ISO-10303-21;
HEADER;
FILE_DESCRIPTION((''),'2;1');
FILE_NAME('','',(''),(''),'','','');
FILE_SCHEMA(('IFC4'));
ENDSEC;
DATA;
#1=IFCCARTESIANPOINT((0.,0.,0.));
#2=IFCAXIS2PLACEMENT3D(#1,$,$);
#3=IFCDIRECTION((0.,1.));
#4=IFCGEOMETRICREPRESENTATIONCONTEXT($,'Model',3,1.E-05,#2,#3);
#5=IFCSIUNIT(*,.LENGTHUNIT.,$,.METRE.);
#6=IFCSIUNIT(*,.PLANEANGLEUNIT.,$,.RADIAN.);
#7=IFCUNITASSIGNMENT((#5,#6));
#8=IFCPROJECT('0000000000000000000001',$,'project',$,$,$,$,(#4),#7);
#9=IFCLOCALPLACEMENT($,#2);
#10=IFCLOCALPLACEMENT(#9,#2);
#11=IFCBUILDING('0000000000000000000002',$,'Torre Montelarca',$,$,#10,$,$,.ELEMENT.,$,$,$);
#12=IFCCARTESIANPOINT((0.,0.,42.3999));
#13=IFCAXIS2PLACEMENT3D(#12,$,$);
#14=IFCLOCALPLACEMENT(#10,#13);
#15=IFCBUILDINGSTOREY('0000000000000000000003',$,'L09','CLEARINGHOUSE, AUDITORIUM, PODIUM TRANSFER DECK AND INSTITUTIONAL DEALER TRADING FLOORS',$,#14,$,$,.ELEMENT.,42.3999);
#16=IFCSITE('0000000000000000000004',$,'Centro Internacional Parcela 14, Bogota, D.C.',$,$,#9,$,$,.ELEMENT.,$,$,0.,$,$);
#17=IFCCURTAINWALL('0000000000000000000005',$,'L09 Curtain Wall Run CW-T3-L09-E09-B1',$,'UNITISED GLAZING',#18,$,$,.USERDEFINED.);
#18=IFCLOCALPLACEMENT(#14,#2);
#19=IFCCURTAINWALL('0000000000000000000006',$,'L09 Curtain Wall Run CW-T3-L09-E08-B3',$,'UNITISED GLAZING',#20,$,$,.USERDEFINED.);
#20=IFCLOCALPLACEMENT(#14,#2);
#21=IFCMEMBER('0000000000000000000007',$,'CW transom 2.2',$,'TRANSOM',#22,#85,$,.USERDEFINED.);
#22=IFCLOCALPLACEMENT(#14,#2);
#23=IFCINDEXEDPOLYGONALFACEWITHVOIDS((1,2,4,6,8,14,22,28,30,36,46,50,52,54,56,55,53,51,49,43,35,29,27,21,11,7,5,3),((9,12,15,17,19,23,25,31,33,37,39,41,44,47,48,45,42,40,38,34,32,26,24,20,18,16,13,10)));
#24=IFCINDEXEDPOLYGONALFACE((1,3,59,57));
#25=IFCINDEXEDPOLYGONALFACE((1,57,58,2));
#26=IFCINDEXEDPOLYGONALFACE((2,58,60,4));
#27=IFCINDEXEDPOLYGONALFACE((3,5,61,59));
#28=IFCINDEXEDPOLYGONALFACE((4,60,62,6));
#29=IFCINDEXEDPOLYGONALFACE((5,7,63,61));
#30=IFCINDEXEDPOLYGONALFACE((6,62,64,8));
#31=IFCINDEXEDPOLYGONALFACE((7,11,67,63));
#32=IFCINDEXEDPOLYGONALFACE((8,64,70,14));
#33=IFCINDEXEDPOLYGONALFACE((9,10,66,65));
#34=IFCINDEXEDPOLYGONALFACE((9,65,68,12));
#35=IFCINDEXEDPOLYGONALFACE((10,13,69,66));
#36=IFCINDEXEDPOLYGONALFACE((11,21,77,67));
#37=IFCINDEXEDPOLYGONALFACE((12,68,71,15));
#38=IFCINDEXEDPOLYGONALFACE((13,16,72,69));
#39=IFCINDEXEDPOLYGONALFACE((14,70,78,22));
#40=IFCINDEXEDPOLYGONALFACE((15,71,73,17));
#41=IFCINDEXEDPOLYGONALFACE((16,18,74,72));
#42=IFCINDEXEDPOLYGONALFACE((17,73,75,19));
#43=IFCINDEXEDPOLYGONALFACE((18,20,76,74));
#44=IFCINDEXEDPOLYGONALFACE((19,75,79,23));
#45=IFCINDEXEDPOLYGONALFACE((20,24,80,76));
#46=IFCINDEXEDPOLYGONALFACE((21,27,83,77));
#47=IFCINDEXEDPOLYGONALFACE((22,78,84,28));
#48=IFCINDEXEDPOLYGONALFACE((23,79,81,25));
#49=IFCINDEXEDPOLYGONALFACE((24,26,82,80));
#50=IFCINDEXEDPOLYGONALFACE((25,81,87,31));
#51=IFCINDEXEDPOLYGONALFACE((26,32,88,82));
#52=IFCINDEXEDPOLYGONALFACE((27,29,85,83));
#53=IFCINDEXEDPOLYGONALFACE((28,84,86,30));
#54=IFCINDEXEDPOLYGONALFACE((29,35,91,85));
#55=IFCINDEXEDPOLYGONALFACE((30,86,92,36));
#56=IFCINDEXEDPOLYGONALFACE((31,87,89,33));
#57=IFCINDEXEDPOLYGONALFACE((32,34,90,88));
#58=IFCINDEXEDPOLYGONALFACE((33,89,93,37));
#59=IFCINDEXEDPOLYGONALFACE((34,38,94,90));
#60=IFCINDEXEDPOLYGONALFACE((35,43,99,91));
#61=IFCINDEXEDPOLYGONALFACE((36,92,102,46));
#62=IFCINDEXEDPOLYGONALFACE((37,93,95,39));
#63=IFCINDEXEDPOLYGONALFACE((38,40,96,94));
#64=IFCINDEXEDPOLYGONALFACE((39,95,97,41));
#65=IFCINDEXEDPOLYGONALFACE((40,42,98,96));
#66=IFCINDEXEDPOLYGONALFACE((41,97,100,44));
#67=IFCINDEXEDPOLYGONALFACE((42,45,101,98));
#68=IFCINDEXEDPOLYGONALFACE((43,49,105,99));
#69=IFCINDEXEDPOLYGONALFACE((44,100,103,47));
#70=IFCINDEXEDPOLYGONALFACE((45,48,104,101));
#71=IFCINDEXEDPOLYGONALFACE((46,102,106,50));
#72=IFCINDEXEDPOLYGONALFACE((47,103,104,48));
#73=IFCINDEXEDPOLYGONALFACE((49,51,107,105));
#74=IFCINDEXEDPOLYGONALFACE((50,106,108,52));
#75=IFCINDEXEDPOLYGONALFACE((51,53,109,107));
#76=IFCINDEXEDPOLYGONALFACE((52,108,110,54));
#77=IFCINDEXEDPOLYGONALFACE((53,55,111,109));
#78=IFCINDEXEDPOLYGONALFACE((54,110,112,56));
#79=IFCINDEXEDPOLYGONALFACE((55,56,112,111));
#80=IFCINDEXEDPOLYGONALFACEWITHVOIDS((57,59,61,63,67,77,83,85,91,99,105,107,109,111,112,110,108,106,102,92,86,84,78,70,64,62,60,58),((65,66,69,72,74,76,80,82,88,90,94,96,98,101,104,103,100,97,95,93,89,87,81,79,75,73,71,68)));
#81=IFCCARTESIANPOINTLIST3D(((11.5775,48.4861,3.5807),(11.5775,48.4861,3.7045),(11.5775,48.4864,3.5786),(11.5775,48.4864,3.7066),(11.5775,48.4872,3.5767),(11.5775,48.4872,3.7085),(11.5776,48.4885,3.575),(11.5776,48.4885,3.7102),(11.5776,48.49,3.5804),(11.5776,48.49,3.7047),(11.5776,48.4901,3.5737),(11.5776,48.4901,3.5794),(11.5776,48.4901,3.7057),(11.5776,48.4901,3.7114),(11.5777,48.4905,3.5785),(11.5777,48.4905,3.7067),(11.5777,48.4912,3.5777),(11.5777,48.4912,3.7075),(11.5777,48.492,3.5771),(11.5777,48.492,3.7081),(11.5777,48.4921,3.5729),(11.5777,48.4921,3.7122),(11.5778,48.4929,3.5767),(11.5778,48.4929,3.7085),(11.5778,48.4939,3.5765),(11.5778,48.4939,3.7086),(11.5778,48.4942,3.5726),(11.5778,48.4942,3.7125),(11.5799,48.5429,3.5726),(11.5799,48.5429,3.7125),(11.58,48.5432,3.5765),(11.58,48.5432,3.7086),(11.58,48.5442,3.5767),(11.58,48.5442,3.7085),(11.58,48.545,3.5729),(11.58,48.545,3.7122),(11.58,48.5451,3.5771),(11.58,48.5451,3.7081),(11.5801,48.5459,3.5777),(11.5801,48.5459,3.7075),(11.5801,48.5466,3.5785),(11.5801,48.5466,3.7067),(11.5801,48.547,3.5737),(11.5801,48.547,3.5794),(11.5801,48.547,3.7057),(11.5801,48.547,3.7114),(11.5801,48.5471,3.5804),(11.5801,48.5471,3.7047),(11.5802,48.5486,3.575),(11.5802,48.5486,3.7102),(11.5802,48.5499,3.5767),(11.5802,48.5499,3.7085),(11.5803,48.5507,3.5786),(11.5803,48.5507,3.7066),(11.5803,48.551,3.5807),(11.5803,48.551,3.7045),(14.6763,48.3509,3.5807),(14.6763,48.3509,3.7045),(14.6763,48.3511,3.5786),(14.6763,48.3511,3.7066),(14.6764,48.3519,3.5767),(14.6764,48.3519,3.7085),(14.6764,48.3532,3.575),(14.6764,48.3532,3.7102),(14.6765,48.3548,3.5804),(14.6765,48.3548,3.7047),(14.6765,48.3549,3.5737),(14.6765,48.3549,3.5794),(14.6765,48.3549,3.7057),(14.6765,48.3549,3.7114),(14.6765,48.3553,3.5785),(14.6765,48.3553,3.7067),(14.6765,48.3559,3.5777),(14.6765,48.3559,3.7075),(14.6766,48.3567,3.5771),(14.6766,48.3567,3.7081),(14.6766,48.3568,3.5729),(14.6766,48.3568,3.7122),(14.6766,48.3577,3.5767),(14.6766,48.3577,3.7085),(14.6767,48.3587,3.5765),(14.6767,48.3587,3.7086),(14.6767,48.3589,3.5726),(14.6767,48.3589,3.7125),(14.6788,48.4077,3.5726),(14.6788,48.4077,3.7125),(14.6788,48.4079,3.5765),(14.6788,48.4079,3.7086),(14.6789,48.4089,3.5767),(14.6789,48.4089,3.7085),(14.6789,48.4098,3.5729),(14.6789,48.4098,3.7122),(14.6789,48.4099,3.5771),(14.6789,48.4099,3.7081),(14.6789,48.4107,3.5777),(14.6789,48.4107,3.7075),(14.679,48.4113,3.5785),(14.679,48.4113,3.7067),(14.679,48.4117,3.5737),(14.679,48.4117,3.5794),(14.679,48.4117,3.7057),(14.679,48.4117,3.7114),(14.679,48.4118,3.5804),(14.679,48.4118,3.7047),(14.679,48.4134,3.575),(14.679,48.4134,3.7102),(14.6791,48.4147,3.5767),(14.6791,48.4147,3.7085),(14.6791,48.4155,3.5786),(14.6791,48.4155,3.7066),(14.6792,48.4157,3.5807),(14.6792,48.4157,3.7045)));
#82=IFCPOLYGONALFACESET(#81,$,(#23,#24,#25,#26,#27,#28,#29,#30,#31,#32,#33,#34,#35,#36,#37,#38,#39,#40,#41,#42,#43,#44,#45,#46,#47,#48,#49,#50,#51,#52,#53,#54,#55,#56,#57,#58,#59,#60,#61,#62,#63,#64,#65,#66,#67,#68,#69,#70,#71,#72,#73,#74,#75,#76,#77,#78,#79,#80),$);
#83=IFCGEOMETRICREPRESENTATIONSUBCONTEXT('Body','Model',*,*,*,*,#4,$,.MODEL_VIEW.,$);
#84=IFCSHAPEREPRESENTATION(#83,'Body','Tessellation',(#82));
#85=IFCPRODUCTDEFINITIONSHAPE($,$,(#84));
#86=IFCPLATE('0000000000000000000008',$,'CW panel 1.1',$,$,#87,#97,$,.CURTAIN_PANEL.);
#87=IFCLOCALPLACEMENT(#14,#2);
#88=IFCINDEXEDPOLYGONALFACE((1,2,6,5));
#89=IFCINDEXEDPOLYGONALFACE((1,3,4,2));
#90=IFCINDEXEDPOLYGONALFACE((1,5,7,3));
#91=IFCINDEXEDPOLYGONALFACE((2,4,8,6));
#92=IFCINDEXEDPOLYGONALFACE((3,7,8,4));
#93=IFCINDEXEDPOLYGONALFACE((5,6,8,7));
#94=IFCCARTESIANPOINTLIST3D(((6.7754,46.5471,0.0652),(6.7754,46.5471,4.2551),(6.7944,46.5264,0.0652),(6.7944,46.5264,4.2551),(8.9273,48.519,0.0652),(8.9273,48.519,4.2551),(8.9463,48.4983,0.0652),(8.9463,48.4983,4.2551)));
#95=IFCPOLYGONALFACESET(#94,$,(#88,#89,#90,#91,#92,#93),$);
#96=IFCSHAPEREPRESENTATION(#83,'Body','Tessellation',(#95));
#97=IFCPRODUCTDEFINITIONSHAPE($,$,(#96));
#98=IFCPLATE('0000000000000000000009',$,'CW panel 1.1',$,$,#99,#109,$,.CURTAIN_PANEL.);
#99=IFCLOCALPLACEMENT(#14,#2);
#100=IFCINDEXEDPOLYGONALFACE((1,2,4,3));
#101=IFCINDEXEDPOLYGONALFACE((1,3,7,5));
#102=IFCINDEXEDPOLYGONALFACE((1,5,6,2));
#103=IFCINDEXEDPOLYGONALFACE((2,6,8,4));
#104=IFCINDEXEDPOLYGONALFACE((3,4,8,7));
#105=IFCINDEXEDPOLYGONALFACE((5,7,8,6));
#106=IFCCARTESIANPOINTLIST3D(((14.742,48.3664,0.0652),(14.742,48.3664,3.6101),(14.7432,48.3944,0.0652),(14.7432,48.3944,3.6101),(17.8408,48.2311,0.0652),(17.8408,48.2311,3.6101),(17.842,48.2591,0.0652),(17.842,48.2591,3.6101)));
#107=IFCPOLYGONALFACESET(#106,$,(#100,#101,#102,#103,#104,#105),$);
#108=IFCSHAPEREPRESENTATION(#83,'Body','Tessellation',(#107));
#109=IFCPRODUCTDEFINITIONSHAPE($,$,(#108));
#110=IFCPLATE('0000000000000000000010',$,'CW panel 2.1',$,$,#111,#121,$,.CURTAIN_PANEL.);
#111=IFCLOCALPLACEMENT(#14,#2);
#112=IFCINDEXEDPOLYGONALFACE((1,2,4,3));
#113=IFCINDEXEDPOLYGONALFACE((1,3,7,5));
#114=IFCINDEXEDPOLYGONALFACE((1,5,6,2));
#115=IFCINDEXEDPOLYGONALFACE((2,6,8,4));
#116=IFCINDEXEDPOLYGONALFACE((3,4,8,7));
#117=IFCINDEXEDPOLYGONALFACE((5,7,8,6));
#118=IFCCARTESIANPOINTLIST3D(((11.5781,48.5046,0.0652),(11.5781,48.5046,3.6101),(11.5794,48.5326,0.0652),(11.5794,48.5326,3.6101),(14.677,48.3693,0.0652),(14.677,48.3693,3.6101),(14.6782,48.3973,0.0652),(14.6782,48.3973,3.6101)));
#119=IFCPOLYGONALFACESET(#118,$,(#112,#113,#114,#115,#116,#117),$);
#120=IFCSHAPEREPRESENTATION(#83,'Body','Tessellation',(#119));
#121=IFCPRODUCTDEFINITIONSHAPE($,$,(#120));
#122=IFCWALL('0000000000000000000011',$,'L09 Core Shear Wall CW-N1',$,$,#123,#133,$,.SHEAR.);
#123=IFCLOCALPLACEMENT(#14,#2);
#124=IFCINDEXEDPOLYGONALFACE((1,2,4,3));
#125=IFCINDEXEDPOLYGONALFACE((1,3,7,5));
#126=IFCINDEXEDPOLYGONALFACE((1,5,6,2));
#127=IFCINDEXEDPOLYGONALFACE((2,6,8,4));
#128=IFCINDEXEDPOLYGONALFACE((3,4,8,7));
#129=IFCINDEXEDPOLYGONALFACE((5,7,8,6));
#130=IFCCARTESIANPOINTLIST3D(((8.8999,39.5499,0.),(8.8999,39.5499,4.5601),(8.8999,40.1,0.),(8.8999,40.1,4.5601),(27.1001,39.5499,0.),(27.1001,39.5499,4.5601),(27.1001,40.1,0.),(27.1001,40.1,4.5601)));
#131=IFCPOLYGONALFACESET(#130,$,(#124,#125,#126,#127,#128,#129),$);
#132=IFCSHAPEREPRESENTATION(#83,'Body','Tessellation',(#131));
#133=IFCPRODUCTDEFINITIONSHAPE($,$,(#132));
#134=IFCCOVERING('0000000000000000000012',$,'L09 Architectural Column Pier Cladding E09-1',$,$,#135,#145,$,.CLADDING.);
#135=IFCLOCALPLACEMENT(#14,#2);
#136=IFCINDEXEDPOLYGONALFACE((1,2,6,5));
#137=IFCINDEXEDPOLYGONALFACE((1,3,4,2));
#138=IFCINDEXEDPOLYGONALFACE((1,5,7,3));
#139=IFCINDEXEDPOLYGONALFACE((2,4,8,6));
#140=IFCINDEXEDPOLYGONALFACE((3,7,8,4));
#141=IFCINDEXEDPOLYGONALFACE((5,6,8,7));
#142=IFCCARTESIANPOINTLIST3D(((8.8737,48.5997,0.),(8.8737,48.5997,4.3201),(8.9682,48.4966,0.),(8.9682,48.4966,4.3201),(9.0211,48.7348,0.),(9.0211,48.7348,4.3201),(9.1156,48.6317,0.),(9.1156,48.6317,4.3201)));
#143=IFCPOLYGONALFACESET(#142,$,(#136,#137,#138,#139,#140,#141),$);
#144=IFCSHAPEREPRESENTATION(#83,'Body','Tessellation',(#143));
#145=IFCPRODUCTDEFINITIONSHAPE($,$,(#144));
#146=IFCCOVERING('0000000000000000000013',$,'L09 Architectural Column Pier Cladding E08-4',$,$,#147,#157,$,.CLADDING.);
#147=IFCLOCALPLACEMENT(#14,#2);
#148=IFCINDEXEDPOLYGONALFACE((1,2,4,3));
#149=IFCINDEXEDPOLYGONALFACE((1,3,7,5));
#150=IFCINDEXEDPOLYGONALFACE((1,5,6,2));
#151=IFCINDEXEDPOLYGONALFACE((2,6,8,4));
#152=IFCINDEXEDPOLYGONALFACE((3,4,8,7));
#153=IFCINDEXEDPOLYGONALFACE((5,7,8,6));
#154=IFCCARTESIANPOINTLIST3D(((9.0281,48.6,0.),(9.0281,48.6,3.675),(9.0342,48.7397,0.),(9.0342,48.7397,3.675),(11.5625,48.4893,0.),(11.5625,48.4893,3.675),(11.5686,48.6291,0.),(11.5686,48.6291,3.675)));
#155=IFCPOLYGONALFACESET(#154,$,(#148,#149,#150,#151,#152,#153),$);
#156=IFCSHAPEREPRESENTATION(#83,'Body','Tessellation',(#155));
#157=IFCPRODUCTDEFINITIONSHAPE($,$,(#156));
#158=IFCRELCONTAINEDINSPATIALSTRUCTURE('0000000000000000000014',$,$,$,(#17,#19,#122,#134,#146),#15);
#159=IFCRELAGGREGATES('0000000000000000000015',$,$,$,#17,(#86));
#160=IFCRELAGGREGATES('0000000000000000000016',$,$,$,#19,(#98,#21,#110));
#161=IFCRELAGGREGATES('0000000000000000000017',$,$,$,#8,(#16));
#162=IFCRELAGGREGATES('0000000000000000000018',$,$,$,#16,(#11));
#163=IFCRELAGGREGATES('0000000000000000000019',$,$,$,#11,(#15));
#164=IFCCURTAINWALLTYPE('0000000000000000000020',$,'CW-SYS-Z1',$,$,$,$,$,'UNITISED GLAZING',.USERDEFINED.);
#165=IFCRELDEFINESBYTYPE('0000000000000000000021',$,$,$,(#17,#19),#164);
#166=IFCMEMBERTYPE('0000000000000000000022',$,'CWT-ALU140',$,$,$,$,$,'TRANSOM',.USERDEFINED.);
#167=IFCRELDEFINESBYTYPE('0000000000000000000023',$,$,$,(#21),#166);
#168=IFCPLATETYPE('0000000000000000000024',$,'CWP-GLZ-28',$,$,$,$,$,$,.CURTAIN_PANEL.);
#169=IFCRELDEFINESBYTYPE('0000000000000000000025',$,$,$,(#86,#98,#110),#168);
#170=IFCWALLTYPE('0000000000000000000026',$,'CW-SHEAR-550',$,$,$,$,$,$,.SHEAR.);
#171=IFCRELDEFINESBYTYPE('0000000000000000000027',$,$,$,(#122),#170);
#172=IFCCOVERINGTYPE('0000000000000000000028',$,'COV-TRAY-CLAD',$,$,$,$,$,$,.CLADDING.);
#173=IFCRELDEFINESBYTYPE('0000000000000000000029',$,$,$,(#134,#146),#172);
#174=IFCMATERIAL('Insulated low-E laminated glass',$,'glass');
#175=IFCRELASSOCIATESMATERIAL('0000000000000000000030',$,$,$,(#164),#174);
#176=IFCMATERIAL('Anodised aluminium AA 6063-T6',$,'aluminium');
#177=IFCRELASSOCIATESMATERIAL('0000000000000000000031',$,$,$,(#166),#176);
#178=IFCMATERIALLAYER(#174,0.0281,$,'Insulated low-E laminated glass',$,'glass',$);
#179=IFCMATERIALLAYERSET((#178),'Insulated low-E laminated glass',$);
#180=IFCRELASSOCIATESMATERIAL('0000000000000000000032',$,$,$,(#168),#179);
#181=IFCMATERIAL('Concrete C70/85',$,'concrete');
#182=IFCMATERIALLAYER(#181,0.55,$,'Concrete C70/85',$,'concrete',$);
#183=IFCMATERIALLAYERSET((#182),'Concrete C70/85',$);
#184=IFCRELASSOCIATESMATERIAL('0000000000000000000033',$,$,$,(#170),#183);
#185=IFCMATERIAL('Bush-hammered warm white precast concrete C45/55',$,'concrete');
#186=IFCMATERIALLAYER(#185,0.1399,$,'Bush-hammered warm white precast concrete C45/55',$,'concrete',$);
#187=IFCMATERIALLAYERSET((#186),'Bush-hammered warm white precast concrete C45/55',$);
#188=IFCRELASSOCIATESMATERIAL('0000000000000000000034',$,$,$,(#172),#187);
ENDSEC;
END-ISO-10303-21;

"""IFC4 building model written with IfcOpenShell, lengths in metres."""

from ifc_helpers import new_model, si_unit, direction, frame, frame_2d, origin, origin_2d, place, context, subcontext, project, spatial, rectangle, hollow_rectangle, extrude, source, transform, mapped, material, layer, layer_set, material_profile, profile_set, type_object, element, aggregate, save


model = new_model("IFC4")

# Units and contexts
model_context = context("Model", 3, precision=1e-05, world=origin(), true_north=direction((0.0, 1.0)))
body_context = subcontext(model_context, "Body", "Model", "MODEL_VIEW")
ifc_project = project(units=[si_unit("LENGTHUNIT", "METRE"), si_unit("PLANEANGLEUNIT", "RADIAN")], contexts=[model_context])

# Site, building, storey
site_placement = place(None, origin())
site = spatial("IfcSite", under=ifc_project, at=site_placement, Name="Centro Internacional Parcela 14, Bogota, D.C.", CompositionType="ELEMENT", RefElevation=0.0)
building_placement = place(site_placement, origin())
building = spatial("IfcBuilding", under=site, at=building_placement, Name="Torre Montelarca", CompositionType="ELEMENT")
storey_placement = place(building_placement, frame((0.0, 0.0, 42.3999)))
storey = spatial("IfcBuildingStorey", under=building, at=storey_placement, Name="L09", Description="CLEARINGHOUSE, AUDITORIUM, PODIUM TRANSFER DECK AND INSTITUTIONAL DEALER TRADING FLOORS", CompositionType="ELEMENT", Elevation=42.3999)

# Shared definitions
ifc_material_1 = material(Name="Concrete C70/85", Category="concrete")

# Curtain walls, member
ifc_material_2 = material(Name="Insulated low-E laminated glass", Category="glass")
curtain_wall_type = type_object("IfcCurtainWallType", Name="CW-SYS-Z1", ElementType="UNITISED GLAZING", PredefinedType="USERDEFINED", material=ifc_material_2)
curtain_wall_1_placement = place(storey_placement, origin())
curtain_wall_1 = element("IfcCurtainWall", 1, at=curtain_wall_1_placement, inside=storey, type_object=curtain_wall_type, Name="L09 Curtain Wall Run CW-T3-L09-E09-B1", ObjectType="UNITISED GLAZING", PredefinedType="USERDEFINED")
ifc_material_3 = material(Name="Anodised aluminium AA 6063-T6", Category="aluminium")
ifc_material_profile_1 = material_profile(ifc_material_3, hollow_rectangle(XDim=0.0649, YDim=0.1399, WallThickness=0.0039, InnerFilletRadius=0.0039, OuterFilletRadius=0.0081, at=origin_2d()), Name="ALU65X140X4", Category="aluminium")
ifc_profile_set_1 = profile_set([ifc_material_profile_1], Name="Anodised aluminium AA 6063-T6")
member_type_1 = type_object("IfcMemberType", Name="CWT-ALU140", ElementType="TRANSOM", PredefinedType="USERDEFINED", material=ifc_profile_set_1)
curtain_wall_2_placement = place(storey_placement, origin())
curtain_wall_2 = element("IfcCurtainWall", 2, at=curtain_wall_2_placement, inside=storey, type_object=curtain_wall_type, Name="L09 Curtain Wall Run CW-T3-L09-E08-B3", ObjectType="UNITISED GLAZING", PredefinedType="USERDEFINED")
shared_shape_1 = source(origin(), body_context, "Body", "SweptSolid", [
    extrude(hollow_rectangle(XDim=0.0649, YDim=0.1399, WallThickness=0.0039, InnerFilletRadius=0.0039, OuterFilletRadius=0.0081, at=origin_2d()), origin(), (0.0, 0.0, 1.0), 3.1018),
])
member_1_placement = place(storey_placement, frame((14.6777, 48.3833, 3.6426), z_axis=(-0.999049, 0.043605, 0.0), x_axis=(-0.043605, -0.999049, 0.0)))
member_1 = element("IfcMember", 3, at=member_1_placement, type_object=member_type_1, Name="CW transom 2.2", ObjectType="TRANSOM", PredefinedType="USERDEFINED", context=body_context, shape_type="MappedRepresentation", body=[
    mapped(shared_shape_1, transform((0.0, 0.0, 0.0), scale=1.0)),
])

# Plates
ifc_layer_1 = layer(ifc_material_2, 0.0281, Name="Insulated low-E laminated glass", Category="glass")
ifc_layer_set_1 = layer_set([ifc_layer_1], Name="Insulated low-E laminated glass")
plate_type = type_object("IfcPlateType", Name="CWP-GLZ-28", PredefinedType="CURTAIN_PANEL", material=ifc_layer_set_1)
shared_shape_2 = source(origin(), body_context, "Body", "SweptSolid", [
    extrude(rectangle(XDim=2.9187, YDim=0.0281, at=origin_2d()), origin(), (0.0, 0.0, 1.0), 4.1899),
])
plate_1_placement = place(storey_placement, frame((7.8608, 47.5227, 0.0652), z_axis=(0.0, 0.0, 1.0), x_axis=(-0.737283, -0.675583, 0.0)))
plate_1 = element("IfcPlate", 4, at=plate_1_placement, type_object=plate_type, Name="CW panel 1.1", PredefinedType="CURTAIN_PANEL", context=body_context, shape_type="MappedRepresentation", body=[
    mapped(shared_shape_2, transform((0.0, 0.0, 0.0), scale=1.0)),
])
aggregate(curtain_wall_1, [plate_1])
shared_shape_3 = source(origin(), body_context, "Body", "SweptSolid", [
    extrude(rectangle(XDim=3.1018, YDim=0.0281, at=origin_2d()), origin(), (0.0, 0.0, 1.0), 3.5449),
])
plate_2_placement = place(storey_placement, frame((16.292, 48.3127, 0.0652), z_axis=(0.0, 0.0, 1.0), x_axis=(-0.999048, 0.043619, 0.0)))
plate_2 = element("IfcPlate", 5, at=plate_2_placement, type_object=plate_type, Name="CW panel 1.1", PredefinedType="CURTAIN_PANEL", context=body_context, shape_type="MappedRepresentation", body=[
    mapped(shared_shape_3, transform((0.0, 0.0, 0.0), scale=1.0)),
])
plate_3_placement = place(storey_placement, frame((13.1282, 48.4509, 0.0652), z_axis=(0.0, 0.0, 1.0), x_axis=(-0.999048, 0.043619, 0.0)))
plate_3 = element("IfcPlate", 6, at=plate_3_placement, type_object=plate_type, Name="CW panel 2.1", PredefinedType="CURTAIN_PANEL", context=body_context, shape_type="MappedRepresentation", body=[
    mapped(shared_shape_3, transform((0.0, 0.0, 0.0), scale=1.0)),
])
aggregate(curtain_wall_2, [plate_2, member_1, plate_3])

# Wall
ifc_layer_2 = layer(ifc_material_1, 0.55, Name="Concrete C70/85", Category="concrete")
ifc_layer_set_2 = layer_set([ifc_layer_2], Name="Concrete C70/85")
wall_type = type_object("IfcWallType", Name="CW-SHEAR-550", PredefinedType="SHEAR", material=ifc_layer_set_2)
wall_placement = place(storey_placement, frame((8.8999, 39.825, 0.0), z_axis=(0.0, 0.0, 1.0), x_axis=(1.0, 0.0, 0.0)))
element("IfcWall", 7, at=wall_placement, inside=storey, type_object=wall_type, Name="L09 Core Shear Wall CW-N1", PredefinedType="SHEAR", context=body_context, shape_type="SweptSolid", body=[
    extrude(rectangle(XDim=18.2002, YDim=0.55, at=frame_2d((9.1001, 0.0))), origin(), (0.0, 0.0, 1.0), 4.5601),
])

# Coverings
ifc_material_4 = material(Name="Bush-hammered warm white precast concrete C45/55", Category="concrete")
ifc_layer_3 = layer(ifc_material_4, 0.1399, Name="Bush-hammered warm white precast concrete C45/55", Category="concrete")
ifc_layer_set_3 = layer_set([ifc_layer_3], Name="Bush-hammered warm white precast concrete C45/55")
covering_type = type_object("IfcCoveringType", Name="COV-TRAY-CLAD", PredefinedType="CLADDING", material=ifc_layer_set_3)
shared_shape_4 = source(origin(), body_context, "Body", "SweptSolid", [
    extrude(rectangle(XDim=0.2, YDim=0.1399, at=origin_2d()), origin(), (0.0, 0.0, 1.0), 4.3201),
])
covering_1_placement = place(storey_placement, frame((8.9946, 48.6157, 0.0), z_axis=(0.0, 0.0, 1.0), x_axis=(-0.737273, -0.675595, 0.0)))
element("IfcCovering", 8, at=covering_1_placement, inside=storey, type_object=covering_type, Name="L09 Architectural Column Pier Cladding E09-1", PredefinedType="CLADDING", context=body_context, shape_type="MappedRepresentation", body=[
    mapped(shared_shape_4, transform((0.0, 0.0, 0.0), scale=1.0)),
])
shared_shape_5 = source(origin(), body_context, "Body", "SweptSolid", [
    extrude(rectangle(XDim=2.5369, YDim=0.1399, at=origin_2d()), origin(), (0.0, 0.0, 1.0), 3.675),
])
covering_2_placement = place(storey_placement, frame((10.2983, 48.6145, 0.0), z_axis=(0.0, 0.0, 1.0), x_axis=(-0.999048, 0.043621, 0.0)))
element("IfcCovering", 9, at=covering_2_placement, inside=storey, type_object=covering_type, Name="L09 Architectural Column Pier Cladding E08-4", PredefinedType="CLADDING", context=body_context, shape_type="MappedRepresentation", body=[
    mapped(shared_shape_5, transform((0.0, 0.0, 0.0), scale=1.0)),
])

save(model, "model.ifc")
